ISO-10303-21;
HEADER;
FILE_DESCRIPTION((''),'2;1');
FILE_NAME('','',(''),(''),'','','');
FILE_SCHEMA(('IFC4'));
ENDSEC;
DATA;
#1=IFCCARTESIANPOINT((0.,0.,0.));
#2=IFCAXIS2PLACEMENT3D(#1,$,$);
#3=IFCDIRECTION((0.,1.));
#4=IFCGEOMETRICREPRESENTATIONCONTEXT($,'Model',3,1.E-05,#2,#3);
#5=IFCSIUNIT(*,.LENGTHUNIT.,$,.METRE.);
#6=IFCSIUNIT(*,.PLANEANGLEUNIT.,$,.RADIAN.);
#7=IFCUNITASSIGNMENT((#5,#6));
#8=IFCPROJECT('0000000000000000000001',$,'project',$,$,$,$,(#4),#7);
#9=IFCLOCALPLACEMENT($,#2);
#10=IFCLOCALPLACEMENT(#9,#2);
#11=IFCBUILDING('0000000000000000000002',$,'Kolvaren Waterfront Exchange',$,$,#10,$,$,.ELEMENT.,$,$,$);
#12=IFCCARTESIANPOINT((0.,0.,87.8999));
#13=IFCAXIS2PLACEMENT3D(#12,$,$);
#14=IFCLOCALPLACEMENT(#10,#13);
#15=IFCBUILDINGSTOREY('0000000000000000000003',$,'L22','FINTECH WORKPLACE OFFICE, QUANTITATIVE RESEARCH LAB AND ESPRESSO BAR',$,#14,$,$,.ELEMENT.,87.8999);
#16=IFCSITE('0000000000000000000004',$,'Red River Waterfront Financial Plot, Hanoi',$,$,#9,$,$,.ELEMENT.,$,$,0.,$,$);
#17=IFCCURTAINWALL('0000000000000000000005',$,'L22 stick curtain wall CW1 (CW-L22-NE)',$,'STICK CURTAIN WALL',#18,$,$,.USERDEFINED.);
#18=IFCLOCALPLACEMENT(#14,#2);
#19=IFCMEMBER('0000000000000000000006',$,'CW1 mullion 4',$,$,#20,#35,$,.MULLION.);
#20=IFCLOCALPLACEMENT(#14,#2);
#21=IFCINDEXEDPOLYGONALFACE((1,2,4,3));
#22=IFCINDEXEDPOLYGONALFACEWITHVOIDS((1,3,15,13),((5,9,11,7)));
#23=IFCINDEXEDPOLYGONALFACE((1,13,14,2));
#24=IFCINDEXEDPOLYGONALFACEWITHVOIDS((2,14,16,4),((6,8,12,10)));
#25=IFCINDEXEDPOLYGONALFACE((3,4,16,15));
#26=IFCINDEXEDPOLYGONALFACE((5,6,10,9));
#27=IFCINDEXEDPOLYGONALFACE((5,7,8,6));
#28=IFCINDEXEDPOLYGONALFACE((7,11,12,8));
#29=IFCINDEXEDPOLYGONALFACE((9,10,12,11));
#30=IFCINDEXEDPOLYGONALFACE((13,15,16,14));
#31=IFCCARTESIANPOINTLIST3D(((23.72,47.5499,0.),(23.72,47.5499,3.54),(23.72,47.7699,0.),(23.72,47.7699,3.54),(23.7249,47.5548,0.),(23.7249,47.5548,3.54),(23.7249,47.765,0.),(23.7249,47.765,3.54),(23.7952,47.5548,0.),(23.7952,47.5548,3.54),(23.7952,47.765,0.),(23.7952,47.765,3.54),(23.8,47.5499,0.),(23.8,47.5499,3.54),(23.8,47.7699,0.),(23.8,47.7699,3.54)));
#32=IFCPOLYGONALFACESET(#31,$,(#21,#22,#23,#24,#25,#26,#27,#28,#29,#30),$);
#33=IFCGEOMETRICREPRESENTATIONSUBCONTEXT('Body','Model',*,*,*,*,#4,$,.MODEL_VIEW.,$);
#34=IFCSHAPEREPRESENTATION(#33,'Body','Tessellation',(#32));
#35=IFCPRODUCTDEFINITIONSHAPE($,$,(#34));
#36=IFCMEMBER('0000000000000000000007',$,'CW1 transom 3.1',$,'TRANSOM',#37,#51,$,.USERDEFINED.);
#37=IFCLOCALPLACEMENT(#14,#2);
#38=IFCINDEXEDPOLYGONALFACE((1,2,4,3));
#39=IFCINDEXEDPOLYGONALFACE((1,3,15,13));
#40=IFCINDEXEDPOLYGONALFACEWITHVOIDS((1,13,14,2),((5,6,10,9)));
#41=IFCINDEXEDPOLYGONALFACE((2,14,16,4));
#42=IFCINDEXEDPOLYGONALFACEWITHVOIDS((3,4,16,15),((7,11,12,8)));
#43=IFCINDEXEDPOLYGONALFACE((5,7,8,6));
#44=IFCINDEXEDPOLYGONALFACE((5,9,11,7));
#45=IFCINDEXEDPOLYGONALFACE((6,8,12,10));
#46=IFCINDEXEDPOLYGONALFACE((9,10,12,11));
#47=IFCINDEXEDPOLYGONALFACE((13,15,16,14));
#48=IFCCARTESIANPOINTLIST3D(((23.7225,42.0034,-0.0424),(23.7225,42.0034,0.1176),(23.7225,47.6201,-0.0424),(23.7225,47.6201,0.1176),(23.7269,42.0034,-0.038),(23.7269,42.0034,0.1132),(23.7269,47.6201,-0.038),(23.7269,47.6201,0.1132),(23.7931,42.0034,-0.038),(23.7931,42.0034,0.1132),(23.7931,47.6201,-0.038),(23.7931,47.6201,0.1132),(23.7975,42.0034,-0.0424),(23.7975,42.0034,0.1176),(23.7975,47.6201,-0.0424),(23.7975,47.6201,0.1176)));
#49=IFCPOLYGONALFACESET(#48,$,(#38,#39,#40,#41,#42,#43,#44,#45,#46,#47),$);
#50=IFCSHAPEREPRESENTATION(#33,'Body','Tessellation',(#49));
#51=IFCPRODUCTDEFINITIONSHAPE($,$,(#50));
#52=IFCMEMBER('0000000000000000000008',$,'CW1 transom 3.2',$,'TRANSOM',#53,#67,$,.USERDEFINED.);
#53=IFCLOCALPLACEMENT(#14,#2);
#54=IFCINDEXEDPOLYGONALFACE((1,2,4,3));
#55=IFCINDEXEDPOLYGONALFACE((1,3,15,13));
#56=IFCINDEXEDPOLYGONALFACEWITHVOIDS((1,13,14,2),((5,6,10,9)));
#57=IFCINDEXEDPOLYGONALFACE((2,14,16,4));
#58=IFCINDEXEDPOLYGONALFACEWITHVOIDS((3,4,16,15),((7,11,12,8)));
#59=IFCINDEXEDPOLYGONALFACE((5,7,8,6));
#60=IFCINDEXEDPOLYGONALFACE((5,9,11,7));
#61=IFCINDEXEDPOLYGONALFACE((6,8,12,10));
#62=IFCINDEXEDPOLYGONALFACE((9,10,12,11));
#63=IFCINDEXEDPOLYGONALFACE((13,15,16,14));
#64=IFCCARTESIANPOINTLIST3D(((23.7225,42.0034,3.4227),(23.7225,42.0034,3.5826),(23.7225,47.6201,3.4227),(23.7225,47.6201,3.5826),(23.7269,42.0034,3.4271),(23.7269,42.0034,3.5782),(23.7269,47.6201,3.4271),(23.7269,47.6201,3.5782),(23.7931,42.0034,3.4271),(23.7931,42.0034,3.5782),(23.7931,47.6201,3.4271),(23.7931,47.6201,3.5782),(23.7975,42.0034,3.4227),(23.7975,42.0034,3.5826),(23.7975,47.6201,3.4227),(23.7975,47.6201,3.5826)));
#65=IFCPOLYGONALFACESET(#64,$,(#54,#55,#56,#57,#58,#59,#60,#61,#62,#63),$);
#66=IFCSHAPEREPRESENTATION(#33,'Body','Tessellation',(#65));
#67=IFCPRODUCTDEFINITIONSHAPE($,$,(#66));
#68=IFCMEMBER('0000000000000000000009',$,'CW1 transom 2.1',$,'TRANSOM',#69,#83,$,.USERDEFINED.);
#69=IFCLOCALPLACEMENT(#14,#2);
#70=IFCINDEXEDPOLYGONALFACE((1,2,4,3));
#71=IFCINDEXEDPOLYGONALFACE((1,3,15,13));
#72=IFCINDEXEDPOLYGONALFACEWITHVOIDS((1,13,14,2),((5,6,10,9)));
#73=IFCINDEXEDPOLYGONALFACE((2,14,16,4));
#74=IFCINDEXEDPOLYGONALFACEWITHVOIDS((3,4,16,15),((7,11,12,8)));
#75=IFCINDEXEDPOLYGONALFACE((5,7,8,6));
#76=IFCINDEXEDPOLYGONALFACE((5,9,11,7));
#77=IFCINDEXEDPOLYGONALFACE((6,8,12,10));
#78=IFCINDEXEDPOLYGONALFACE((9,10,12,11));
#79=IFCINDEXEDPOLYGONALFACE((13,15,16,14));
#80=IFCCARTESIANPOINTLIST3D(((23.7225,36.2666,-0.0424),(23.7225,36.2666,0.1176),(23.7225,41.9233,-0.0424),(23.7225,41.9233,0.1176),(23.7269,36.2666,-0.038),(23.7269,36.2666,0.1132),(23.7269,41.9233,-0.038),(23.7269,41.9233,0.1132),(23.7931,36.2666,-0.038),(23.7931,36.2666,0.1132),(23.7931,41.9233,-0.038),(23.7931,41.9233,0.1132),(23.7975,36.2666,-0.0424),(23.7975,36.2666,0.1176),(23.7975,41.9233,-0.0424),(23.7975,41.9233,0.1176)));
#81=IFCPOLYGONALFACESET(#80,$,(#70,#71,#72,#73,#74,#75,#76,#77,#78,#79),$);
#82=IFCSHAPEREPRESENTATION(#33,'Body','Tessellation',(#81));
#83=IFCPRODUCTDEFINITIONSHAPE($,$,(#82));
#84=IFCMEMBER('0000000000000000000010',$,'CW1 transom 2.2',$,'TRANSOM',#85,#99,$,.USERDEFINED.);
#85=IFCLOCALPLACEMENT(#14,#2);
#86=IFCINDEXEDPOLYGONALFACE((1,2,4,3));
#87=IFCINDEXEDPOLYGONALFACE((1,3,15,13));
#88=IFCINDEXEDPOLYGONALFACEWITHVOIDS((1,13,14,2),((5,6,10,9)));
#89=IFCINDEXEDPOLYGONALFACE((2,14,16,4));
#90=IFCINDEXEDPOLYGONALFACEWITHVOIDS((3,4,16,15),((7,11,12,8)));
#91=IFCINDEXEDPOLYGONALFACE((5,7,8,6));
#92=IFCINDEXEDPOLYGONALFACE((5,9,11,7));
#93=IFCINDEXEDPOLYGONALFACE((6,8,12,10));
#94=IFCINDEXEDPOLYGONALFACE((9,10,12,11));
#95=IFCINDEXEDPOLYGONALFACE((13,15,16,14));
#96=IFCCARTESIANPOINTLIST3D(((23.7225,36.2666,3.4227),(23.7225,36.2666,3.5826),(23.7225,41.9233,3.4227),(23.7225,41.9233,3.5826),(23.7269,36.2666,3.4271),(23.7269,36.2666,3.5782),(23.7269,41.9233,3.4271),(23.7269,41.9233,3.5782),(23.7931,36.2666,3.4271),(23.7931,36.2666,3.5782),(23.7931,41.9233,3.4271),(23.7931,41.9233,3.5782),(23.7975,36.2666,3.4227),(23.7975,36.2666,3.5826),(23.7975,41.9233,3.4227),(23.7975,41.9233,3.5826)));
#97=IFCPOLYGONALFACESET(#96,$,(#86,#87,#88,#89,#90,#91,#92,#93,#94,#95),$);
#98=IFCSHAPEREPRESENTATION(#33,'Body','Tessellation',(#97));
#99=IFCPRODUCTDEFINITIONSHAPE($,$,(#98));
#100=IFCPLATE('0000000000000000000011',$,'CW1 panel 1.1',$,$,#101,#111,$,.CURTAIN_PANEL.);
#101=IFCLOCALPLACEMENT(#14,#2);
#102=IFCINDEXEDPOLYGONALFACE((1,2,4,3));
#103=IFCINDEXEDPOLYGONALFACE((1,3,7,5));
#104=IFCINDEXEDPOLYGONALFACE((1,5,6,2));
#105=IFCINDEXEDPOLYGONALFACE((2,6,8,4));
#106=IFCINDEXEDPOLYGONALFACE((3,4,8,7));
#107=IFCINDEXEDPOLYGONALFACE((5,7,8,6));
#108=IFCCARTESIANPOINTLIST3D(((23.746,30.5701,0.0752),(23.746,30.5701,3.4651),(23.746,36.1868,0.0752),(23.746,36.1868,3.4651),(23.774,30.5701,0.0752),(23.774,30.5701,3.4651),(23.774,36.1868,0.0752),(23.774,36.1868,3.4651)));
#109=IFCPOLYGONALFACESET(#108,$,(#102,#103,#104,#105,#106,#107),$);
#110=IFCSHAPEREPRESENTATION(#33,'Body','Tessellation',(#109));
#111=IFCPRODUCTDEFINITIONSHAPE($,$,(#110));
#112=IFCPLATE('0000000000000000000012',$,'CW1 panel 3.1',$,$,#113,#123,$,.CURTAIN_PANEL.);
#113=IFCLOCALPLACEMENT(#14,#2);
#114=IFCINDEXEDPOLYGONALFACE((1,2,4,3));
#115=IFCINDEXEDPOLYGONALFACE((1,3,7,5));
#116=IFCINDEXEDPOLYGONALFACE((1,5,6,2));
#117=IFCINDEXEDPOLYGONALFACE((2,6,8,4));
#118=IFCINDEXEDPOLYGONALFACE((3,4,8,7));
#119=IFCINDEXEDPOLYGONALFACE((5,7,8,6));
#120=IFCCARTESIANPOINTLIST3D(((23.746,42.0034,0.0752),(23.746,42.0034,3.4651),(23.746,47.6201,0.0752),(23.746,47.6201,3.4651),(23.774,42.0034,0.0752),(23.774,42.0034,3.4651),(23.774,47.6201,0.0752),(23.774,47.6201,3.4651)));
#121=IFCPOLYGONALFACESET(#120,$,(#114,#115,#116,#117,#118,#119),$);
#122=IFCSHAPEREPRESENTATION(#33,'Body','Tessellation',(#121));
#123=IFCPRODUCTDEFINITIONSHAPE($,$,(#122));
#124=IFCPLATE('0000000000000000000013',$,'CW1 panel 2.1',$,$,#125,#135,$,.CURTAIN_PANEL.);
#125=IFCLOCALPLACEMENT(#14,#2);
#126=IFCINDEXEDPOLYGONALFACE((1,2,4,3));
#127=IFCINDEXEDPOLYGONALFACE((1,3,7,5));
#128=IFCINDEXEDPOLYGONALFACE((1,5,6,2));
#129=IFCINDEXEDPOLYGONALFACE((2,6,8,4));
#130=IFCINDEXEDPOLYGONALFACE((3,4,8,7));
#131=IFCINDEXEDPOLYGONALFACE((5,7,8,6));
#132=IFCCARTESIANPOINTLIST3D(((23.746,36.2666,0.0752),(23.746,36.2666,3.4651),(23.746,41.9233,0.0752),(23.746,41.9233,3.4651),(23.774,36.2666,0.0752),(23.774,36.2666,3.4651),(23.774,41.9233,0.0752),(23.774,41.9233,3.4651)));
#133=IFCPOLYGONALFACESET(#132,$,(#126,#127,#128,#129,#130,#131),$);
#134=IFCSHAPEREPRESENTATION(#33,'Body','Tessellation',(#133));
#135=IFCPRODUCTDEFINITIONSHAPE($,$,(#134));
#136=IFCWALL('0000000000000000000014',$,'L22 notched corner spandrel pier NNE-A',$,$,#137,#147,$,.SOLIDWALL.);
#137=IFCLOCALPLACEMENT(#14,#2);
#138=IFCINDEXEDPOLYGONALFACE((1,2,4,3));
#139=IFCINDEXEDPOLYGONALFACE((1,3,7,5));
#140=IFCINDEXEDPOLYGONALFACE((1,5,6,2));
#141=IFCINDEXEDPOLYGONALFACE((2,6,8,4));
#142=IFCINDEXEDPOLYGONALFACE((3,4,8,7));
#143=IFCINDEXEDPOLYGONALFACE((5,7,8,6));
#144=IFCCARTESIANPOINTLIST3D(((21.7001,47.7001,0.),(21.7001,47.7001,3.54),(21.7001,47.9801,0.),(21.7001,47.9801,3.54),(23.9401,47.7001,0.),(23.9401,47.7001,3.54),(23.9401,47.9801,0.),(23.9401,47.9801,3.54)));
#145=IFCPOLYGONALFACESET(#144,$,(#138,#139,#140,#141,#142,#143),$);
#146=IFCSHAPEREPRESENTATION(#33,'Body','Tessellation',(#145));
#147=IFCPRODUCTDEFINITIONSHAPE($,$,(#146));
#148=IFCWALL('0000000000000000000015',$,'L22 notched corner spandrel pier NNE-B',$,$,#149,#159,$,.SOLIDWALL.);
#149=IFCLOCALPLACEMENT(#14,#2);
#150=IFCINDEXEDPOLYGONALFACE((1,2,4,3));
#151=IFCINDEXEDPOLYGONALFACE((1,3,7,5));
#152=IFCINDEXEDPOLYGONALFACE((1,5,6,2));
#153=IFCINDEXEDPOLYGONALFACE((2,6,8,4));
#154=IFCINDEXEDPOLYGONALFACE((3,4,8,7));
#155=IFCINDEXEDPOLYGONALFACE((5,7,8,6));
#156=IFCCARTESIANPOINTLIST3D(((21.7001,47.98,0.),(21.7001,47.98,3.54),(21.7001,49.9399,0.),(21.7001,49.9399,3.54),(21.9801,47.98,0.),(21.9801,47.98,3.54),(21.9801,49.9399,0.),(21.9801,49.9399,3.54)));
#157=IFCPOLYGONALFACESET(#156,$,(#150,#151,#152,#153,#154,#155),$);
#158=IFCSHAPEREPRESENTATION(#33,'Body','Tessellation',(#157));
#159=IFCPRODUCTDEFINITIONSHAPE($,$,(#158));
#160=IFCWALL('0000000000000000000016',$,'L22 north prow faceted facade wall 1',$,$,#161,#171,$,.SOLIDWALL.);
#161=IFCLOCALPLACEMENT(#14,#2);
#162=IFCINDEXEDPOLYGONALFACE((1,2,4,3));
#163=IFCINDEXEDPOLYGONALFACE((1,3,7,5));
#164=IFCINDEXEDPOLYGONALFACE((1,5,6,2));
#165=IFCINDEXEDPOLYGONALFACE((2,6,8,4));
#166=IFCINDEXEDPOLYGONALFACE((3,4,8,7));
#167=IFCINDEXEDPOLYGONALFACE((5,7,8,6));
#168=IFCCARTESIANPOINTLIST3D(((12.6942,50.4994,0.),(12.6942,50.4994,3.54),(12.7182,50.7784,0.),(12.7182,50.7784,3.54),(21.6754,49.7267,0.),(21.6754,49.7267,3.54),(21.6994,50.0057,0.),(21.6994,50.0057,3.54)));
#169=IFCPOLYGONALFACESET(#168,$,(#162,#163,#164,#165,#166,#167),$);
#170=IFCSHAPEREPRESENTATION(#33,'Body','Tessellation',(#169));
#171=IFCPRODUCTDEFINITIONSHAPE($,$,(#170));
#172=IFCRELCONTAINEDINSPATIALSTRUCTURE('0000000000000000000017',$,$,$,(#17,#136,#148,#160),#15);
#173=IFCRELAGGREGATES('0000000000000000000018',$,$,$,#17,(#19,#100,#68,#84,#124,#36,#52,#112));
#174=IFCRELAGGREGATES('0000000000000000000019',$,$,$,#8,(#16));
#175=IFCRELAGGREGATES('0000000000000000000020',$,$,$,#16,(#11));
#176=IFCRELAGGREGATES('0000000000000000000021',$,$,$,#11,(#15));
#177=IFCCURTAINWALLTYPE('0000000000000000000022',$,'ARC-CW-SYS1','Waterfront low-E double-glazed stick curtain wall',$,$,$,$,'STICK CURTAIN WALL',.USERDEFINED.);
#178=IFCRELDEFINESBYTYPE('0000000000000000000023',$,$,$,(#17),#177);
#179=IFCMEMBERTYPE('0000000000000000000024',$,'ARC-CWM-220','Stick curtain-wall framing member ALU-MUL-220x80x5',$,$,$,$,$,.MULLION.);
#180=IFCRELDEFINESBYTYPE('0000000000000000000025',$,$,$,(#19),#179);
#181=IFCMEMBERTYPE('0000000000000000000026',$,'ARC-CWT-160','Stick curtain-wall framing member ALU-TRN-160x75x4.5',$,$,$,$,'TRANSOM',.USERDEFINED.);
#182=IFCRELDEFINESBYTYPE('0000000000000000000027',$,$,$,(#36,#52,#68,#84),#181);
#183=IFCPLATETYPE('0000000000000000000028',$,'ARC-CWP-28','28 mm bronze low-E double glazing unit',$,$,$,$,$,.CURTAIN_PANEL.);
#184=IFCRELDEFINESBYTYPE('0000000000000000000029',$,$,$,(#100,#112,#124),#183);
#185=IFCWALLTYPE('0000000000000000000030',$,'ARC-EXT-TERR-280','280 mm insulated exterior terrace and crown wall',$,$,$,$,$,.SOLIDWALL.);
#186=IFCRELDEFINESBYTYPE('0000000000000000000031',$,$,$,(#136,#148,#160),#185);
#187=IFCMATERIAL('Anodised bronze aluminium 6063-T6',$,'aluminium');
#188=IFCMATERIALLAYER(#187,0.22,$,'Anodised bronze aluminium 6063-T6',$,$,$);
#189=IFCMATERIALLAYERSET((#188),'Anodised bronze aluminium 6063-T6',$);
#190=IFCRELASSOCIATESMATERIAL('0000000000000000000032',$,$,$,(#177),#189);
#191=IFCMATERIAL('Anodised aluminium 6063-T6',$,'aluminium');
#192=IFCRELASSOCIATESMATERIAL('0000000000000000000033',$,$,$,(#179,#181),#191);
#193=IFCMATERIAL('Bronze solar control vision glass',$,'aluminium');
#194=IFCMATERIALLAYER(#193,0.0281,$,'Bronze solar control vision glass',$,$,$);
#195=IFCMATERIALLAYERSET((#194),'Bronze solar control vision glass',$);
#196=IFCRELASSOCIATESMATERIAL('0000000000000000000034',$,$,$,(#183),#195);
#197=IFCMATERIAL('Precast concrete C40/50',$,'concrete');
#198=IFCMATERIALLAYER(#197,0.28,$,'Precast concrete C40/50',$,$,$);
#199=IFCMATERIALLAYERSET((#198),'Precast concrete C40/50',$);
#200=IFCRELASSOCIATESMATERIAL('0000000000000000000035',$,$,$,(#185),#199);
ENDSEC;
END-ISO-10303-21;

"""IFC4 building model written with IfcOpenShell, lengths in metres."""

from ifc_helpers import new_model, si_unit, direction, frame, frame_2d, origin, origin_with_axes, origin_2d, place, context, subcontext, project, spatial, rectangle, hollow_rectangle, extrude, source, transform, mapped, material, layer, layer_set, material_profile, profile_set, type_object, element, aggregate, save


model = new_model("IFC4")

# Units and contexts
model_context = context("Model", 3, precision=1e-05, world=origin(), true_north=direction((0.0, 1.0)))
body_context = subcontext(model_context, "Body", "Model", "MODEL_VIEW")
ifc_project = project(units=[si_unit("LENGTHUNIT", "METRE"), si_unit("PLANEANGLEUNIT", "RADIAN")], contexts=[model_context])

# Site, building, storey
site_placement = place(None, origin())
site = spatial("IfcSite", under=ifc_project, at=site_placement, Name="Red River Waterfront Financial Plot, Hanoi", CompositionType="ELEMENT", RefElevation=0.0)
building_placement = place(site_placement, origin())
building = spatial("IfcBuilding", under=site, at=building_placement, Name="Kolvaren Waterfront Exchange", CompositionType="ELEMENT")
storey_placement = place(building_placement, frame((0.0, 0.0, 87.8999)))
storey = spatial("IfcBuildingStorey", under=building, at=storey_placement, Name="L22", Description="FINTECH WORKPLACE OFFICE, QUANTITATIVE RESEARCH LAB AND ESPRESSO BAR", CompositionType="ELEMENT", Elevation=87.8999)

# Curtain wall, members, plates
ifc_material_1 = material(Name="Anodised bronze aluminium 6063-T6", Category="aluminium")
ifc_layer_1 = layer(ifc_material_1, 0.22, Name="Anodised bronze aluminium 6063-T6")
ifc_layer_set_1 = layer_set([ifc_layer_1], Name="Anodised bronze aluminium 6063-T6")
curtain_wall_type = type_object("IfcCurtainWallType", Name="ARC-CW-SYS1", Description="Waterfront low-E double-glazed stick curtain wall", ElementType="STICK CURTAIN WALL", PredefinedType="USERDEFINED", material=ifc_layer_set_1)
curtain_wall_placement = place(storey_placement, origin())
curtain_wall = element("IfcCurtainWall", 1, at=curtain_wall_placement, inside=storey, type_object=curtain_wall_type, Name="L22 stick curtain wall CW1 (CW-L22-NE)", ObjectType="STICK CURTAIN WALL", PredefinedType="USERDEFINED")
ifc_material_2 = material(Name="Anodised aluminium 6063-T6", Category="aluminium")
ifc_material_profile_1 = material_profile(ifc_material_2, hollow_rectangle(XDim=0.0801, YDim=0.22, WallThickness=0.0049, at=origin_2d()), Name="ALU-MUL-220x80x5")
ifc_profile_set_1 = profile_set([ifc_material_profile_1], Name="Anodised aluminium 6063-T6")
member_type_1 = type_object("IfcMemberType", Name="ARC-CWM-220", Description="Stick curtain-wall framing member ALU-MUL-220x80x5", PredefinedType="MULLION", material=ifc_profile_set_1)
shared_shape_1 = source(origin_with_axes(), body_context, "Body", "SweptSolid", [
    extrude(hollow_rectangle(XDim=0.0801, YDim=0.22, WallThickness=0.0049, at=origin_2d()), origin(), (0.0, 0.0, 1.0), 3.54),
])
member_1_placement = place(storey_placement, frame((23.76, 47.6599, 0.0), z_axis=(0.0, 0.0, 1.0), x_axis=(-1.0, 0.0, 0.0)))
member_1 = element("IfcMember", 2, at=member_1_placement, type_object=member_type_1, Name="CW1 mullion 4", PredefinedType="MULLION", context=body_context, shape_type="MappedRepresentation", body=[
    mapped(shared_shape_1, transform((0.0, 0.0, 0.0), x_axis=(1.0, 0.0, 0.0), y_axis=(0.0, 1.0, 0.0), z_axis=(0.0, 0.0, 1.0), scale=1.0)),
])
ifc_material_profile_2 = material_profile(ifc_material_2, hollow_rectangle(XDim=0.075, YDim=0.1599, WallThickness=0.0044, at=origin_2d()), Name="ALU-TRN-160x75x4.5")
ifc_profile_set_2 = profile_set([ifc_material_profile_2], Name="Anodised aluminium 6063-T6")
member_type_2 = type_object("IfcMemberType", Name="ARC-CWT-160", Description="Stick curtain-wall framing member ALU-TRN-160x75x4.5", ElementType="TRANSOM", PredefinedType="USERDEFINED", material=ifc_profile_set_2)
shared_shape_2 = source(origin_with_axes(), body_context, "Body", "SweptSolid", [
    extrude(hollow_rectangle(XDim=0.075, YDim=0.1599, WallThickness=0.0044, at=origin_2d()), origin(), (0.0, 0.0, 1.0), 5.6167),
])
member_2_placement = place(storey_placement, frame((23.76, 42.0034, 0.0376), z_axis=(0.0, 1.0, 0.0), x_axis=(-1.0, 0.0, 0.0)))
member_2 = element("IfcMember", 3, at=member_2_placement, type_object=member_type_2, Name="CW1 transom 3.1", ObjectType="TRANSOM", PredefinedType="USERDEFINED", context=body_context, shape_type="MappedRepresentation", body=[
    mapped(shared_shape_2, transform((0.0, 0.0, 0.0), x_axis=(1.0, 0.0, 0.0), y_axis=(0.0, 1.0, 0.0), z_axis=(0.0, 0.0, 1.0), scale=1.0)),
])
member_3_placement = place(storey_placement, frame((23.76, 42.0034, 3.5027), z_axis=(0.0, 1.0, 0.0), x_axis=(-1.0, 0.0, 0.0)))
member_3 = element("IfcMember", 4, at=member_3_placement, type_object=member_type_2, Name="CW1 transom 3.2", ObjectType="TRANSOM", PredefinedType="USERDEFINED", context=body_context, shape_type="MappedRepresentation", body=[
    mapped(shared_shape_2, transform((0.0, 0.0, 0.0), x_axis=(1.0, 0.0, 0.0), y_axis=(0.0, 1.0, 0.0), z_axis=(0.0, 0.0, 1.0), scale=1.0)),
])
shared_shape_3 = source(origin_with_axes(), body_context, "Body", "SweptSolid", [
    extrude(hollow_rectangle(XDim=0.075, YDim=0.1599, WallThickness=0.0044, at=origin_2d()), origin(), (0.0, 0.0, 1.0), 5.6567),
])
member_4_placement = place(storey_placement, frame((23.76, 36.2666, 0.0376), z_axis=(0.0, 1.0, 0.0), x_axis=(-1.0, 0.0, 0.0)))
member_4 = element("IfcMember", 5, at=member_4_placement, type_object=member_type_2, Name="CW1 transom 2.1", ObjectType="TRANSOM", PredefinedType="USERDEFINED", context=body_context, shape_type="MappedRepresentation", body=[
    mapped(shared_shape_3, transform((0.0, 0.0, 0.0), x_axis=(1.0, 0.0, 0.0), y_axis=(0.0, 1.0, 0.0), z_axis=(0.0, 0.0, 1.0), scale=1.0)),
])
member_5_placement = place(storey_placement, frame((23.76, 36.2666, 3.5027), z_axis=(0.0, 1.0, 0.0), x_axis=(-1.0, 0.0, 0.0)))
member_5 = element("IfcMember", 6, at=member_5_placement, type_object=member_type_2, Name="CW1 transom 2.2", ObjectType="TRANSOM", PredefinedType="USERDEFINED", context=body_context, shape_type="MappedRepresentation", body=[
    mapped(shared_shape_3, transform((0.0, 0.0, 0.0), x_axis=(1.0, 0.0, 0.0), y_axis=(0.0, 1.0, 0.0), z_axis=(0.0, 0.0, 1.0), scale=1.0)),
])
ifc_material_3 = material(Name="Bronze solar control vision glass", Category="aluminium")
ifc_layer_2 = layer(ifc_material_3, 0.0281, Name="Bronze solar control vision glass")
ifc_layer_set_2 = layer_set([ifc_layer_2], Name="Bronze solar control vision glass")
plate_type = type_object("IfcPlateType", Name="ARC-CWP-28", Description="28 mm bronze low-E double glazing unit", PredefinedType="CURTAIN_PANEL", material=ifc_layer_set_2)
shared_shape_4 = source(origin_with_axes(), body_context, "Body", "SweptSolid", [
    extrude(rectangle(XDim=5.6167, YDim=0.0281, at=origin_2d()), origin(), (0.0, 0.0, 1.0), 3.3899),
])
plate_1_placement = place(storey_placement, frame((23.76, 33.3784, 0.0752), z_axis=(0.0, 0.0, 1.0), x_axis=(0.0, 1.0, 0.0)))
plate_1 = element("IfcPlate", 7, at=plate_1_placement, type_object=plate_type, Name="CW1 panel 1.1", PredefinedType="CURTAIN_PANEL", context=body_context, shape_type="MappedRepresentation", body=[
    mapped(shared_shape_4, transform((0.0, 0.0, 0.0), x_axis=(1.0, 0.0, 0.0), y_axis=(0.0, 1.0, 0.0), z_axis=(0.0, 0.0, 1.0), scale=1.0)),
])
plate_2_placement = place(storey_placement, frame((23.76, 44.8118, 0.0752), z_axis=(0.0, 0.0, 1.0), x_axis=(0.0, 1.0, 0.0)))
plate_2 = element("IfcPlate", 8, at=plate_2_placement, type_object=plate_type, Name="CW1 panel 3.1", PredefinedType="CURTAIN_PANEL", context=body_context, shape_type="MappedRepresentation", body=[
    mapped(shared_shape_4, transform((0.0, 0.0, 0.0), x_axis=(1.0, 0.0, 0.0), y_axis=(0.0, 1.0, 0.0), z_axis=(0.0, 0.0, 1.0), scale=1.0)),
])
shared_shape_5 = source(origin_with_axes(), body_context, "Body", "SweptSolid", [
    extrude(rectangle(XDim=5.6567, YDim=0.0281, at=origin_2d()), origin(), (0.0, 0.0, 1.0), 3.3899),
])
plate_3_placement = place(storey_placement, frame((23.76, 39.095, 0.0752), z_axis=(0.0, 0.0, 1.0), x_axis=(0.0, 1.0, 0.0)))
plate_3 = element("IfcPlate", 9, at=plate_3_placement, type_object=plate_type, Name="CW1 panel 2.1", PredefinedType="CURTAIN_PANEL", context=body_context, shape_type="MappedRepresentation", body=[
    mapped(shared_shape_5, transform((0.0, 0.0, 0.0), x_axis=(1.0, 0.0, 0.0), y_axis=(0.0, 1.0, 0.0), z_axis=(0.0, 0.0, 1.0), scale=1.0)),
])
aggregate(curtain_wall, [member_1, plate_1, member_4, member_5, plate_3, member_2, member_3, plate_2])

# Walls
ifc_material_4 = material(Name="Precast concrete C40/50", Category="concrete")
ifc_layer_3 = layer(ifc_material_4, 0.28, Name="Precast concrete C40/50")
ifc_layer_set_3 = layer_set([ifc_layer_3], Name="Precast concrete C40/50")
wall_type = type_object("IfcWallType", Name="ARC-EXT-TERR-280", Description="280 mm insulated exterior terrace and crown wall", PredefinedType="SOLIDWALL", material=ifc_layer_set_3)
wall_1_placement = place(storey_placement, frame((21.7, 47.8401, 0.0), z_axis=(0.0, 0.0, 1.0), x_axis=(1.0, 0.0, 0.0)))
element("IfcWall", 10, at=wall_1_placement, inside=storey, type_object=wall_type, Name="L22 notched corner spandrel pier NNE-A", PredefinedType="SOLIDWALL", context=body_context, shape_type="SweptSolid", body=[
    extrude(rectangle(XDim=2.24, YDim=0.28, at=frame_2d((1.1201, 0.0))), origin(), (0.0, 0.0, 1.0), 3.54),
])
wall_2_placement = place(storey_placement, frame((21.8401, 47.98, 0.0), z_axis=(0.0, 0.0, 1.0), x_axis=(0.0, 1.0, 0.0)))
element("IfcWall", 11, at=wall_2_placement, inside=storey, type_object=wall_type, Name="L22 notched corner spandrel pier NNE-B", PredefinedType="SOLIDWALL", context=body_context, shape_type="SweptSolid", body=[
    extrude(rectangle(XDim=1.96, YDim=0.28, at=frame_2d((0.98, 0.0))), origin(), (0.0, 0.0, 1.0), 3.54),
])
wall_3_placement = place(storey_placement, frame((21.6875, 49.8662, 0.0), z_axis=(0.0, 0.0, 1.0), x_axis=(-0.996319, 0.085719, 0.0)))
element("IfcWall", 12, at=wall_3_placement, inside=storey, type_object=wall_type, Name="L22 north prow faceted facade wall 1", PredefinedType="SOLIDWALL", context=body_context, shape_type="SweptSolid", body=[
    extrude(rectangle(XDim=9.0144, YDim=0.28, at=frame_2d((4.5073, 0.0))), origin(), (0.0, 0.0, 1.0), 3.54),
])

save(model, "model.ifc")
